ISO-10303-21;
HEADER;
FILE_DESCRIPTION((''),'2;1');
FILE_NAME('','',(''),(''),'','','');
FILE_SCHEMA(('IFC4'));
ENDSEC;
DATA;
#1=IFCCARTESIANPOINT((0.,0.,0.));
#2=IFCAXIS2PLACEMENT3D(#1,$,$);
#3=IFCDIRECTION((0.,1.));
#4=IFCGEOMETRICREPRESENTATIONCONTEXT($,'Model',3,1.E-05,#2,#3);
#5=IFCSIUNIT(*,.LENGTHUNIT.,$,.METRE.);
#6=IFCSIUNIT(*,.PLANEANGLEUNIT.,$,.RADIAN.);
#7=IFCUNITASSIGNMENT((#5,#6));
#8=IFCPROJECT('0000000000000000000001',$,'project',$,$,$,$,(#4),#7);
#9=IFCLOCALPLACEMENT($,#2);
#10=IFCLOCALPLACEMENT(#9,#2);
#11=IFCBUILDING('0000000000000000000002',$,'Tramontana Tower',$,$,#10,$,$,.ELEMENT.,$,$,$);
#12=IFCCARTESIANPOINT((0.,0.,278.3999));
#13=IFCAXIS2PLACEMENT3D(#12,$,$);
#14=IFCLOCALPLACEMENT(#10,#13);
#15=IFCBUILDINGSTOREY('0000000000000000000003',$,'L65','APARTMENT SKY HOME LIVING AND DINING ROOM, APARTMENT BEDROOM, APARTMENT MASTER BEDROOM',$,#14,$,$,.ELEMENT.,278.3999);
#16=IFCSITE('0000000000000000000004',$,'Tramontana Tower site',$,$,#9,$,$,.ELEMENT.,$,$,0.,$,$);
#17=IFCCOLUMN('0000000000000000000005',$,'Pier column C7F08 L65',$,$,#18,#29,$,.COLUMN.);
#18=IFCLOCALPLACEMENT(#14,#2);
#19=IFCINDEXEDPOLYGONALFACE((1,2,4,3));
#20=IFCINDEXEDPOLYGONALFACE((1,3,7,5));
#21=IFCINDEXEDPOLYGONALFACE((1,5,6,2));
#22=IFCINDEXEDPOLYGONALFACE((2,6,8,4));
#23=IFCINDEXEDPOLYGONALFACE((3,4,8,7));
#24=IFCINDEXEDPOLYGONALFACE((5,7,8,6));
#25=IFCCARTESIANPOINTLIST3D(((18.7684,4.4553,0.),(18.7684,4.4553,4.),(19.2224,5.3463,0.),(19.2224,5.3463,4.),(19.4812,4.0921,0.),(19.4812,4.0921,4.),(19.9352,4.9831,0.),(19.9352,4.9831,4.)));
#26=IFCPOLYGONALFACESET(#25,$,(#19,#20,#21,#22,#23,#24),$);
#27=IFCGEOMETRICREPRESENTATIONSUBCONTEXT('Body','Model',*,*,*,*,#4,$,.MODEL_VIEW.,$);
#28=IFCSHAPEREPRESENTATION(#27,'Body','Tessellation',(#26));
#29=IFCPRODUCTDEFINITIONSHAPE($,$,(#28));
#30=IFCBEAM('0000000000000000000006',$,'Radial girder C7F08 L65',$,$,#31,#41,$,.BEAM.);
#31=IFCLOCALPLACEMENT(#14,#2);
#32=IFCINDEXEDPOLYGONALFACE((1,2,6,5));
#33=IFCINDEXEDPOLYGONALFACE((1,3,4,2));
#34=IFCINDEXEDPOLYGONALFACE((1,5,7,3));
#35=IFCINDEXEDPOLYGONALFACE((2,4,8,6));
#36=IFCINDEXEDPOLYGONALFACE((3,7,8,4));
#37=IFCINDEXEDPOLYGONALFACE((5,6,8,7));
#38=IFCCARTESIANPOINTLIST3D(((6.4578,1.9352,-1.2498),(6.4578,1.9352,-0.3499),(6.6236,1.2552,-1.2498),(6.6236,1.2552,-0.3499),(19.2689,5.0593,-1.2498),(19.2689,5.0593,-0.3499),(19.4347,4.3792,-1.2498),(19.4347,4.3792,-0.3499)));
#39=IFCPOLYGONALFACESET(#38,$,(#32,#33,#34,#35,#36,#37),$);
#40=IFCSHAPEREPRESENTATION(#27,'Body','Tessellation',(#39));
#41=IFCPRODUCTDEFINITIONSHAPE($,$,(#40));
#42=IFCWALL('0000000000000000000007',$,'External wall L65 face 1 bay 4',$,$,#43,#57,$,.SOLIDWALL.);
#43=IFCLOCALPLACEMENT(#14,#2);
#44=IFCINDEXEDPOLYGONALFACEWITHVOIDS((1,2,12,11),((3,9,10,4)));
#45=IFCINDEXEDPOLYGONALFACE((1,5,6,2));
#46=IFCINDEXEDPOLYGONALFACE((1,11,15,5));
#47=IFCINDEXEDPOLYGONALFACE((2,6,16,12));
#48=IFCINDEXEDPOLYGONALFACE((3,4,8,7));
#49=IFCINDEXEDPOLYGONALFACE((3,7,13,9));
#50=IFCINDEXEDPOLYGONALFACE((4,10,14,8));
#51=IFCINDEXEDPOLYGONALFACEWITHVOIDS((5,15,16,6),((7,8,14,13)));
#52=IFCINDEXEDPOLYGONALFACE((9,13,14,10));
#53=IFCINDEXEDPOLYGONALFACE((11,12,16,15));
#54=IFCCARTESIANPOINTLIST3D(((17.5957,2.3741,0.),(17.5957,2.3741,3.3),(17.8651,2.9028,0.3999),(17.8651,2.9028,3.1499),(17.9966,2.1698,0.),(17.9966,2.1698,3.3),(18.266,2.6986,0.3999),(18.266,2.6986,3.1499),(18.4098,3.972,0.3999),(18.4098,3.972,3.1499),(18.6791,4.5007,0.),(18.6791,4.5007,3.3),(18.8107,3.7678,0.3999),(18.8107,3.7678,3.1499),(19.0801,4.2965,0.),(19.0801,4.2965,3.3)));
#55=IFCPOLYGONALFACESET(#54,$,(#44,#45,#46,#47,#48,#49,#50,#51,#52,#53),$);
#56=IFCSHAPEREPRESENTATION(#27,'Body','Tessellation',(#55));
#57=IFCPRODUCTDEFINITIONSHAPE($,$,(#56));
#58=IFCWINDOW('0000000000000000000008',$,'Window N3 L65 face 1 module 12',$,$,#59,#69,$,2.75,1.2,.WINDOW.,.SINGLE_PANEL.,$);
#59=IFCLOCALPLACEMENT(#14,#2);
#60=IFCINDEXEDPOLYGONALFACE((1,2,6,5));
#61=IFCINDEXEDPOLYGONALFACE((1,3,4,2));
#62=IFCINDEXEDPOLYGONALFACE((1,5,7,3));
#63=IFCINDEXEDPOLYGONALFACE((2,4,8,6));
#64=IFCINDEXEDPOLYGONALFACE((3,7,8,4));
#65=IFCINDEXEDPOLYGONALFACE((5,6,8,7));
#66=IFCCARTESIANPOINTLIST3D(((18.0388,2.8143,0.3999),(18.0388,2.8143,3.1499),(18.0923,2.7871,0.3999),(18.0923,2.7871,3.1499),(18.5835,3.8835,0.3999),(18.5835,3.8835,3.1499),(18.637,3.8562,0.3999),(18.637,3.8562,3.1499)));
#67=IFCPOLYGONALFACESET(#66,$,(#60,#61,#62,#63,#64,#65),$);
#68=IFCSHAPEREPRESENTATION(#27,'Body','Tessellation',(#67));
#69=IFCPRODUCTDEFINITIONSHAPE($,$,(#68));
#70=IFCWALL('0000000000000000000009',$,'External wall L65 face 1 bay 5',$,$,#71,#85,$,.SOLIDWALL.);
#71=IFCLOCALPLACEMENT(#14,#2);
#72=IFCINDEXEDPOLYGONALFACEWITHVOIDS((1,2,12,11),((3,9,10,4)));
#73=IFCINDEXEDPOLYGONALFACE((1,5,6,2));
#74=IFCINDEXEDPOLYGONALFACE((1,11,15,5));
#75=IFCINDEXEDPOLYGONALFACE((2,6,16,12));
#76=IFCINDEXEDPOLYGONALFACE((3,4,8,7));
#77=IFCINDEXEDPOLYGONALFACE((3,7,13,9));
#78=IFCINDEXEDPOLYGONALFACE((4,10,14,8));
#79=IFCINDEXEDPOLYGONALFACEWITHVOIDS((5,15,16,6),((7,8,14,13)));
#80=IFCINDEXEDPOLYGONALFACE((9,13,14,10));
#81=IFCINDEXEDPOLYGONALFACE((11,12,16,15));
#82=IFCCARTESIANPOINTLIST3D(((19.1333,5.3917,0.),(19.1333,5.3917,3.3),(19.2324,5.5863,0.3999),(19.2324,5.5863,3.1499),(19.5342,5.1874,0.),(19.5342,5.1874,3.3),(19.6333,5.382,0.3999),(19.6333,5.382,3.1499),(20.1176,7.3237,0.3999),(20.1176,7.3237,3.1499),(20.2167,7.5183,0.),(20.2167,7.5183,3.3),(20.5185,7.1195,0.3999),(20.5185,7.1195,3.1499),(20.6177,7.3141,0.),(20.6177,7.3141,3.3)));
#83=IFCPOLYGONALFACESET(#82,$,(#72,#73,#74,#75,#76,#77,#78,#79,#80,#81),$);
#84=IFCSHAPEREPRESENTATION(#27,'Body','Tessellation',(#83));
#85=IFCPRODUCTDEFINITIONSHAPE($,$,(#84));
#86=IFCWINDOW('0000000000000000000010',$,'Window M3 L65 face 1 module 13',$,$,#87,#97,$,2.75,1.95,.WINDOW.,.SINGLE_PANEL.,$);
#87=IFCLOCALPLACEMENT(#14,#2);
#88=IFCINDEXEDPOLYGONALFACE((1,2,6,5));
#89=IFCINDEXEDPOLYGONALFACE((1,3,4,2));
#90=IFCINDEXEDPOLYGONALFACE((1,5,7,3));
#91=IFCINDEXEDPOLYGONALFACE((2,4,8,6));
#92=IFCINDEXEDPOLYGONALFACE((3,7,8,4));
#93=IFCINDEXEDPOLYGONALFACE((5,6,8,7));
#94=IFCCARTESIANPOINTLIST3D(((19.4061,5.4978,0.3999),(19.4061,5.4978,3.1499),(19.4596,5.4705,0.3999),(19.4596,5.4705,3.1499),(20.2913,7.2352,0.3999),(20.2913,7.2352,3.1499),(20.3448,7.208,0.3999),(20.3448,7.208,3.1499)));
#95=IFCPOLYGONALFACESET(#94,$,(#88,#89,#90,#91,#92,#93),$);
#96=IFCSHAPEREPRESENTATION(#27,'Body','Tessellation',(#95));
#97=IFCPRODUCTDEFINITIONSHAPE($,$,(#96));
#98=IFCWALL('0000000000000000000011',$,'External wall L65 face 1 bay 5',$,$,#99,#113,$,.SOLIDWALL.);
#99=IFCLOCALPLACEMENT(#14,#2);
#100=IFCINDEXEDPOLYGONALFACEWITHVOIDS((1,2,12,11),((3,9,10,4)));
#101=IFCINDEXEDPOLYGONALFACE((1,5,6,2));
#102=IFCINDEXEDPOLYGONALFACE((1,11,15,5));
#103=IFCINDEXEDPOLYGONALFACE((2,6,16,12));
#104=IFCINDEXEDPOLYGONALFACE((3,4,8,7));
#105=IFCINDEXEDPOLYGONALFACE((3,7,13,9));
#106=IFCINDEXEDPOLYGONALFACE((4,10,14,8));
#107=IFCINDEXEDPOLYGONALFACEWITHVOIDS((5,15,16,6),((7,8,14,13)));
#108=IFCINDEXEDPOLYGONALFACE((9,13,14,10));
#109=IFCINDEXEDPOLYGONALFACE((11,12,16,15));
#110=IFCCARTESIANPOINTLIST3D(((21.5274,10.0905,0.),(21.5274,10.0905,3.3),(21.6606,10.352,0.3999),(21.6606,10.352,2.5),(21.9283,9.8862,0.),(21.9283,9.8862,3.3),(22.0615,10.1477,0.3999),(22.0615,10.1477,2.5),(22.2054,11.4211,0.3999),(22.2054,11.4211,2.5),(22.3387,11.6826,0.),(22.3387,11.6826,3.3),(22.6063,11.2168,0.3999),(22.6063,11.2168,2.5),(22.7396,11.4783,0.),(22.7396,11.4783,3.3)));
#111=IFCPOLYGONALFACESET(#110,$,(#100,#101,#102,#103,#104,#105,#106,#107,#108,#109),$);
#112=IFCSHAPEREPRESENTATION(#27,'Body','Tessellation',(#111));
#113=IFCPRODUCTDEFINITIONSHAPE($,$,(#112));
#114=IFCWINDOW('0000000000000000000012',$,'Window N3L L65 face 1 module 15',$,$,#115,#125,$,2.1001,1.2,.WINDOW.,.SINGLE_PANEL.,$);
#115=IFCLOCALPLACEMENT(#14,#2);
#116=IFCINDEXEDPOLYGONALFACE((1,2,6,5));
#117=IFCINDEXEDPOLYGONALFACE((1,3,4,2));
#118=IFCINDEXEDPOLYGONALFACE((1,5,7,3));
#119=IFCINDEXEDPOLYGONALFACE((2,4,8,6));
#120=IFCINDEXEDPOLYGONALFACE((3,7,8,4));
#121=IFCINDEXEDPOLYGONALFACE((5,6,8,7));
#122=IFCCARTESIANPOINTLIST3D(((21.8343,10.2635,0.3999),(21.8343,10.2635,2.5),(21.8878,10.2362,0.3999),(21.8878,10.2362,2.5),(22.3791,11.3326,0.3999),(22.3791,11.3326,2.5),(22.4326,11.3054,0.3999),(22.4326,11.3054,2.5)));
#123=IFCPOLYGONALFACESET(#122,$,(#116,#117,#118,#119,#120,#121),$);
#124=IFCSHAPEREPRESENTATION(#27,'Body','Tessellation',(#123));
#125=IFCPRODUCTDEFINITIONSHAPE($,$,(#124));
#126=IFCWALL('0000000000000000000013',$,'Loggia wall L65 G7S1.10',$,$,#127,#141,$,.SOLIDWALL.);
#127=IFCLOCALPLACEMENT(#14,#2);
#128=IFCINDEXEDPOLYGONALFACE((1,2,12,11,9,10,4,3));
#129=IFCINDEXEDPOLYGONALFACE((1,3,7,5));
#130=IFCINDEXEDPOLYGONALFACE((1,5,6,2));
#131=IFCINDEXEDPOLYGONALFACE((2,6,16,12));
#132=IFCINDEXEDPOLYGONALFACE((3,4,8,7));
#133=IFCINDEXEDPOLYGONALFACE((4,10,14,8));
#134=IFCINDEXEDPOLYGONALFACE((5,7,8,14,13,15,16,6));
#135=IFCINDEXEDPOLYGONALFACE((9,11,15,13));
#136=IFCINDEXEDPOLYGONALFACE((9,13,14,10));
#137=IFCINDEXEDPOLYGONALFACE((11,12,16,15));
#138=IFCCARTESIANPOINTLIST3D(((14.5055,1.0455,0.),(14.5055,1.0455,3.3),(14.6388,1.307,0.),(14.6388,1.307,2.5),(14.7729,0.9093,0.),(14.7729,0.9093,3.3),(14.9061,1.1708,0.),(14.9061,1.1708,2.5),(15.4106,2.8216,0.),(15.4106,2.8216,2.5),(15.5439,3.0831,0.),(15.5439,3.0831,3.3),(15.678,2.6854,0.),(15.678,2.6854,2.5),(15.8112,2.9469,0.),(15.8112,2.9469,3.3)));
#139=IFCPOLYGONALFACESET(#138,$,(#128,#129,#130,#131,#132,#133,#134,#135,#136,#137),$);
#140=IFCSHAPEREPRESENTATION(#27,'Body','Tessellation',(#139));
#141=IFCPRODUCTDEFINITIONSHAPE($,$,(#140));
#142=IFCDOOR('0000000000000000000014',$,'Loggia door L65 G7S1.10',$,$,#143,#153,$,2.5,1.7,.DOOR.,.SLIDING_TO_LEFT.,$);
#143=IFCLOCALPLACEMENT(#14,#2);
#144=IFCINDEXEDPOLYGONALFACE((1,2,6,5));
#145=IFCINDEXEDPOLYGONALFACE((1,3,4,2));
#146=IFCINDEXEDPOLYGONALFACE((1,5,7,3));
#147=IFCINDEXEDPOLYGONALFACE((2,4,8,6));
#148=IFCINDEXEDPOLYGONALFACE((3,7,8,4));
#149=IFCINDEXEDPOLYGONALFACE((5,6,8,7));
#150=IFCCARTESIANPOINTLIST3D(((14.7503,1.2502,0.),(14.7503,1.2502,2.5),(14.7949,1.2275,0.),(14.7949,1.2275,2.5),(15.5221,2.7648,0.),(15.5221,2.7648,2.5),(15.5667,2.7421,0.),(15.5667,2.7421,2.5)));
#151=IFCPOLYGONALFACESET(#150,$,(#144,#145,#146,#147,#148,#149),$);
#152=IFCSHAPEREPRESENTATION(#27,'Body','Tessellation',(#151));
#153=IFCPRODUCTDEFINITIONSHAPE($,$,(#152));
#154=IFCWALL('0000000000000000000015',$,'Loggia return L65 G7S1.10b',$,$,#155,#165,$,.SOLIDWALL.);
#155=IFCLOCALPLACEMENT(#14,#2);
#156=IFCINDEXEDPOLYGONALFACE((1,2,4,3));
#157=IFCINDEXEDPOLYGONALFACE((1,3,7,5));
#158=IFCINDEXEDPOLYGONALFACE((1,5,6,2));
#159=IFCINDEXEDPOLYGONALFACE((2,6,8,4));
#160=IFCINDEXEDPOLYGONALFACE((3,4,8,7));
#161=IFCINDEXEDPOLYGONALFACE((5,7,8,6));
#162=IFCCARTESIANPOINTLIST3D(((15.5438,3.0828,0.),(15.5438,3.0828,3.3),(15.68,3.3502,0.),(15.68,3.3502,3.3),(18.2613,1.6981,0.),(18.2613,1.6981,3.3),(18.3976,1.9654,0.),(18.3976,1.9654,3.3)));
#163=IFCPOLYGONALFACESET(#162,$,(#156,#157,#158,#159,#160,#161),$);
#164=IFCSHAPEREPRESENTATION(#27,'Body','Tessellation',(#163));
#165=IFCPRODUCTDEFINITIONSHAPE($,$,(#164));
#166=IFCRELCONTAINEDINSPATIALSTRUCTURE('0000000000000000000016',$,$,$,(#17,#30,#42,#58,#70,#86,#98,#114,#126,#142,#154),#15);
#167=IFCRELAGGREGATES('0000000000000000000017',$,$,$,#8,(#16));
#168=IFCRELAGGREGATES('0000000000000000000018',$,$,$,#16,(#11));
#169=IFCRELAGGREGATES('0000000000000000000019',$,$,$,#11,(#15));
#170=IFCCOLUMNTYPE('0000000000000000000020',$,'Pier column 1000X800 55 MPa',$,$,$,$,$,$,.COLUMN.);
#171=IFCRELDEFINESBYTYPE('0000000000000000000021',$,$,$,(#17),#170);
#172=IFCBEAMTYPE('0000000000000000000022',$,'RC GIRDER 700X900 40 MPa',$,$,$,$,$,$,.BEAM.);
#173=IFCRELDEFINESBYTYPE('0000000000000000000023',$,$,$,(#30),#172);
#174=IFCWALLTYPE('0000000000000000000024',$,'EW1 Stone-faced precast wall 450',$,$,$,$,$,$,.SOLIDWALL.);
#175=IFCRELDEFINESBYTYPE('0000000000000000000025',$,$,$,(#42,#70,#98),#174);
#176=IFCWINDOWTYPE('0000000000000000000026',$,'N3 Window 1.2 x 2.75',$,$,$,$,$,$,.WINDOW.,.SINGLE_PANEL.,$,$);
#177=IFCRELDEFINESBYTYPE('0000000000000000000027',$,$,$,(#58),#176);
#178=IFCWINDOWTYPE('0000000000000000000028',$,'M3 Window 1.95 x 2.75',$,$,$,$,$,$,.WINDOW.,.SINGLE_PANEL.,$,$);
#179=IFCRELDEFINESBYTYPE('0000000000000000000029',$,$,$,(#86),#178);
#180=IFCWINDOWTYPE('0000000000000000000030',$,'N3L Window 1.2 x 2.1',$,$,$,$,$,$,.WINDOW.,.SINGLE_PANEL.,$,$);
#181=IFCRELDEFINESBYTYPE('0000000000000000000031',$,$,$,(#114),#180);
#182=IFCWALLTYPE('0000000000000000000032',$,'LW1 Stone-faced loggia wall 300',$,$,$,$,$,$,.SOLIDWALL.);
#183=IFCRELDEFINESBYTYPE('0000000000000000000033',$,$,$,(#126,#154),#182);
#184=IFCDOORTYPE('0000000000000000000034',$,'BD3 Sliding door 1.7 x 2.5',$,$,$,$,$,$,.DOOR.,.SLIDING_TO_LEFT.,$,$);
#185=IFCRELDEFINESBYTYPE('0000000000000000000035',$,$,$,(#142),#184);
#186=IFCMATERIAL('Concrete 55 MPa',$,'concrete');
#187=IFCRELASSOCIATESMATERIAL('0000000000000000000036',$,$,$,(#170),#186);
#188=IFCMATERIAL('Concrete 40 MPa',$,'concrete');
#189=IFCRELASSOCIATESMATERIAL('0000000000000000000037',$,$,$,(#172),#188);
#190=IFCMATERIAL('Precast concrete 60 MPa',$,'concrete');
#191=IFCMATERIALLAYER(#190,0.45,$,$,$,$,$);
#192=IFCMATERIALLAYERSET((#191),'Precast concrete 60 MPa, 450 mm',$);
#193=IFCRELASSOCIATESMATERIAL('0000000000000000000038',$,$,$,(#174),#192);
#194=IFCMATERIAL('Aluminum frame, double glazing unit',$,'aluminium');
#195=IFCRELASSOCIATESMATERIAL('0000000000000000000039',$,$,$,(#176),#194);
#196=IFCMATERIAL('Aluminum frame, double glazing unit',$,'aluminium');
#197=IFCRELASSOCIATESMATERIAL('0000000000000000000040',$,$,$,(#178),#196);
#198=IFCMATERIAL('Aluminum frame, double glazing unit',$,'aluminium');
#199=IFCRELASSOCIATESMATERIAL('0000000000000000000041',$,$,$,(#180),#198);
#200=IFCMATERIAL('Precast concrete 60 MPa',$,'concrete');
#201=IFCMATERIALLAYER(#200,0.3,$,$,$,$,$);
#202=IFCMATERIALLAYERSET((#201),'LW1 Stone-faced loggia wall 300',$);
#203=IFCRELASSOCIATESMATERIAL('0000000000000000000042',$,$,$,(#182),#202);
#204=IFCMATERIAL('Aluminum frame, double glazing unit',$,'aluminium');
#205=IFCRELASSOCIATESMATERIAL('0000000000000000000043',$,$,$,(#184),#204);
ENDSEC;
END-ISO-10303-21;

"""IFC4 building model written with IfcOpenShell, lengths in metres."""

from ifc_helpers import new_model, si_unit, direction, frame, frame_2d, origin, origin_2d, place, context, subcontext, project, spatial, rectangle, extrude, material, layer, layer_set, material_profile, profile_set, type_object, element, fill, save


model = new_model("IFC4")

# Units and contexts
model_context = context("Model", 3, precision=1e-05, world=origin(), true_north=direction((0.0, 1.0)))
body_context = subcontext(model_context, "Body", "Model", "MODEL_VIEW")
ifc_project = project(units=[si_unit("LENGTHUNIT", "METRE"), si_unit("PLANEANGLEUNIT", "RADIAN")], contexts=[model_context])

# Site, building, storey
site_placement = place(None, origin())
site = spatial("IfcSite", under=ifc_project, at=site_placement, Name="Tramontana Tower site", CompositionType="ELEMENT", RefElevation=0.0)
building_placement = place(site_placement, origin())
building = spatial("IfcBuilding", under=site, at=building_placement, Name="Tramontana Tower", CompositionType="ELEMENT")
storey_placement = place(building_placement, frame((0.0, 0.0, 278.3999)))
storey = spatial("IfcBuildingStorey", under=building, at=storey_placement, Name="L65", Description="APARTMENT SKY HOME LIVING AND DINING ROOM, APARTMENT BEDROOM, APARTMENT MASTER BEDROOM", CompositionType="ELEMENT", Elevation=278.3999)

# Column
ifc_material_1 = material(Name="Concrete 55 MPa", Category="concrete")
ifc_material_profile_1 = material_profile(ifc_material_1, rectangle(XDim=1.0, YDim=0.8, at=origin_2d()), Name="Pier column 1000X800 55 MPa")
ifc_profile_set_1 = profile_set([ifc_material_profile_1], Name="Concrete 55 MPa")
column_type = type_object("IfcColumnType", Name="Pier column 1000X800 55 MPa", PredefinedType="COLUMN", material=ifc_profile_set_1)
column_placement = place(storey_placement, frame((19.3518, 4.7192, 0.0), z_axis=(0.0, 0.0, 1.0), x_axis=(0.45399, 0.891007, 0.0)))
element("IfcColumn", 1, at=column_placement, inside=storey, type_object=column_type, Name="Pier column C7F08 L65", PredefinedType="COLUMN", context=body_context, shape_type="SweptSolid", body=[
    extrude(rectangle(XDim=1.0, YDim=0.8, at=origin_2d()), origin(), (0.0, 0.0, 1.0), 4.0),
])

# Beam
ifc_material_2 = material(Name="Concrete 40 MPa", Category="concrete")
ifc_material_profile_2 = material_profile(ifc_material_2, rectangle(XDim=0.7, YDim=0.8999, at=origin_2d()), Name="RC GIRDER 700X900 40 MPa")
ifc_profile_set_2 = profile_set([ifc_material_profile_2], Name="Concrete 40 MPa")
beam_type = type_object("IfcBeamType", Name="RC GIRDER 700X900 40 MPa", PredefinedType="BEAM", material=ifc_profile_set_2)
beam_placement = place(storey_placement, frame((19.3518, 4.7192, -0.7998), z_axis=(-0.971531, -0.236912, 0.0), x_axis=(0.236912, -0.971531, 0.0)))
element("IfcBeam", 2, at=beam_placement, inside=storey, type_object=beam_type, Name="Radial girder C7F08 L65", PredefinedType="BEAM", context=body_context, shape_type="SweptSolid", body=[
    extrude(rectangle(XDim=0.7, YDim=0.8999, at=origin_2d()), origin(), (0.0, 0.0, 1.0), 13.1865),
])

# Walls, openings, windows
ifc_material_3 = material(Name="Precast concrete 60 MPa", Category="concrete")
ifc_layer_1 = layer(ifc_material_3, 0.45)
ifc_layer_set_1 = layer_set([ifc_layer_1], Name="Precast concrete 60 MPa, 450 mm")
wall_type_1 = type_object("IfcWallType", Name="EW1 Stone-faced precast wall 450", PredefinedType="SOLIDWALL", material=ifc_layer_set_1)
wall_1_placement = place(storey_placement, frame((17.7961, 2.272, 0.0), z_axis=(0.0, 0.0, 1.0), x_axis=(0.453952, 0.891026, 0.0)))
wall_1 = element("IfcWall", 3, at=wall_1_placement, inside=storey, type_object=wall_type_1, Name="External wall L65 face 1 bay 4", PredefinedType="SOLIDWALL", context=body_context, shape_type="SweptSolid", body=[
    extrude(rectangle(XDim=2.3867, YDim=0.45, at=frame_2d((1.1934, 0.0))), origin(), (0.0, 0.0, 1.0), 3.3),
])
opening_1_placement = place(wall_1_placement, frame((0.5933, 0.0, 0.3999)))
opening_1 = element("IfcOpeningElement", 4, at=opening_1_placement, cuts=wall_1, PredefinedType="OPENING", context=body_context, shape_type="SweptSolid", body=[
    extrude(rectangle(XDim=1.2, YDim=2.75, at=frame_2d((0.6001, 1.375))), frame((0.0, 0.2349, 0.0), z_axis=(0.0, -1.0, 0.0), x_axis=(1.0, 0.0, 0.0)), (0.0, 0.0, 1.0), 0.47),
])
ifc_material_4 = material(Name="Aluminum frame, double glazing unit", Category="aluminium")
window_type_1 = type_object("IfcWindowType", Name="N3 Window 1.2 x 2.75", PartitioningType="SINGLE_PANEL", PredefinedType="WINDOW", material=ifc_material_4)
window_1_placement = place(opening_1_placement, origin())
window_1 = element("IfcWindow", 5, at=window_1_placement, inside=storey, type_object=window_type_1, Name="Window N3 L65 face 1 module 12", OverallHeight=2.75, OverallWidth=1.2, PartitioningType="SINGLE_PANEL", PredefinedType="WINDOW", context=body_context, shape_type="SweptSolid", body=[
    extrude(rectangle(XDim=1.2, YDim=2.75, at=frame_2d((0.6001, 1.375))), frame((0.0, 0.03, 0.0), z_axis=(0.0, -1.0, 0.0), x_axis=(1.0, 0.0, 0.0)), (0.0, 0.0, 1.0), 0.0601),
])
fill(opening_1, window_1)
wall_2_placement = place(storey_placement, frame((19.3337, 5.2896, 0.0), z_axis=(0.0, 0.0, 1.0), x_axis=(0.453952, 0.891026, 0.0)))
wall_2 = element("IfcWall", 6, at=wall_2_placement, inside=storey, type_object=wall_type_1, Name="External wall L65 face 1 bay 5", PredefinedType="SOLIDWALL", context=body_context, shape_type="SweptSolid", body=[
    extrude(rectangle(XDim=2.3867, YDim=0.45, at=frame_2d((1.1934, 0.0))), origin(), (0.0, 0.0, 1.0), 3.3),
])
opening_2_placement = place(wall_2_placement, frame((0.2183, 0.0, 0.3999)))
opening_2 = element("IfcOpeningElement", 7, at=opening_2_placement, cuts=wall_2, PredefinedType="OPENING", context=body_context, shape_type="SweptSolid", body=[
    extrude(rectangle(XDim=1.95, YDim=2.75, at=frame_2d((0.9751, 1.375))), frame((0.0, 0.2349, 0.0), z_axis=(0.0, -1.0, 0.0), x_axis=(1.0, 0.0, 0.0)), (0.0, 0.0, 1.0), 0.47),
])
ifc_material_5 = material(Name="Aluminum frame, double glazing unit", Category="aluminium")
window_type_2 = type_object("IfcWindowType", Name="M3 Window 1.95 x 2.75", PartitioningType="SINGLE_PANEL", PredefinedType="WINDOW", material=ifc_material_5)
window_2_placement = place(opening_2_placement, origin())
window_2 = element("IfcWindow", 8, at=window_2_placement, inside=storey, type_object=window_type_2, Name="Window M3 L65 face 1 module 13", OverallHeight=2.75, OverallWidth=1.95, PartitioningType="SINGLE_PANEL", PredefinedType="WINDOW", context=body_context, shape_type="SweptSolid", body=[
    extrude(rectangle(XDim=1.95, YDim=2.75, at=frame_2d((0.9751, 1.375))), frame((0.0, 0.03, 0.0), z_axis=(0.0, -1.0, 0.0), x_axis=(1.0, 0.0, 0.0)), (0.0, 0.0, 1.0), 0.0601),
])
fill(opening_2, window_2)
wall_3_placement = place(storey_placement, frame((21.7278, 9.9883, 0.0), z_axis=(0.0, 0.0, 1.0), x_axis=(0.454032, 0.890985, 0.0)))
wall_3 = element("IfcWall", 9, at=wall_3_placement, inside=storey, type_object=wall_type_1, Name="External wall L65 face 1 bay 5", PredefinedType="SOLIDWALL", context=body_context, shape_type="SweptSolid", body=[
    extrude(rectangle(XDim=1.7869, YDim=0.45, at=frame_2d((0.8936, 0.0))), origin(), (0.0, 0.0, 1.0), 3.3),
])
opening_3_placement = place(wall_3_placement, frame((0.2935, 0.0, 0.3999)))
opening_3 = element("IfcOpeningElement", 10, at=opening_3_placement, cuts=wall_3, PredefinedType="OPENING", context=body_context, shape_type="SweptSolid", body=[
    extrude(rectangle(XDim=1.2, YDim=2.1001, at=frame_2d((0.6001, 1.05))), frame((0.0, 0.2349, 0.0), z_axis=(0.0, -1.0, 0.0), x_axis=(1.0, 0.0, 0.0)), (0.0, 0.0, 1.0), 0.47),
])
ifc_material_6 = material(Name="Aluminum frame, double glazing unit", Category="aluminium")
window_type_3 = type_object("IfcWindowType", Name="N3L Window 1.2 x 2.1", PartitioningType="SINGLE_PANEL", PredefinedType="WINDOW", material=ifc_material_6)
window_3_placement = place(opening_3_placement, origin())
window_3 = element("IfcWindow", 11, at=window_3_placement, inside=storey, type_object=window_type_3, Name="Window N3L L65 face 1 module 15", OverallHeight=2.1001, OverallWidth=1.2, PartitioningType="SINGLE_PANEL", PredefinedType="WINDOW", context=body_context, shape_type="SweptSolid", body=[
    extrude(rectangle(XDim=1.2, YDim=2.1001, at=frame_2d((0.6001, 1.05))), frame((0.0, 0.03, 0.0), z_axis=(0.0, -1.0, 0.0), x_axis=(1.0, 0.0, 0.0)), (0.0, 0.0, 1.0), 0.0601),
])
fill(opening_3, window_3)

# Wall, opening, door
ifc_material_7 = material(Name="Precast concrete 60 MPa", Category="concrete")
ifc_layer_2 = layer(ifc_material_7, 0.3)
ifc_layer_set_2 = layer_set([ifc_layer_2], Name="LW1 Stone-faced loggia wall 300")
wall_type_2 = type_object("IfcWallType", Name="LW1 Stone-faced loggia wall 300", PredefinedType="SOLIDWALL", material=ifc_layer_set_2)
wall_4_placement = place(storey_placement, frame((14.6392, 0.9773, 0.0), z_axis=(0.0, 0.0, 1.0), x_axis=(0.454033, 0.890985, 0.0)))
wall_4 = element("IfcWall", 12, at=wall_4_placement, inside=storey, type_object=wall_type_2, Name="Loggia wall L65 G7S1.10", PredefinedType="SOLIDWALL", context=body_context, shape_type="SweptSolid", body=[
    extrude(rectangle(XDim=2.2869, YDim=0.3, at=frame_2d((1.1436, 0.0))), origin(), (0.0, 0.0, 1.0), 3.3),
])
opening_4_placement = place(wall_4_placement, frame((0.2935, 0.0, 0.0)))
opening_4 = element("IfcOpeningElement", 13, at=opening_4_placement, cuts=wall_4, PredefinedType="OPENING", context=body_context, shape_type="SweptSolid", body=[
    extrude(rectangle(XDim=1.7, YDim=2.5, at=frame_2d((0.8501, 1.25))), frame((0.0, 0.1599, 0.0), z_axis=(0.0, -1.0, 0.0), x_axis=(1.0, 0.0, 0.0)), (0.0, 0.0, 1.0), 0.3201),
])
ifc_material_8 = material(Name="Aluminum frame, double glazing unit", Category="aluminium")
door_type_1 = type_object("IfcDoorType", Name="BD3 Sliding door 1.7 x 2.5", OperationType="SLIDING_TO_LEFT", PredefinedType="DOOR", material=ifc_material_8)
door_1_placement = place(opening_4_placement, origin())
door_1 = element("IfcDoor", 14, at=door_1_placement, inside=storey, type_object=door_type_1, Name="Loggia door L65 G7S1.10", OperationType="SLIDING_TO_LEFT", OverallHeight=2.5, OverallWidth=1.7, PredefinedType="DOOR", context=body_context, shape_type="SweptSolid", body=[
    extrude(rectangle(XDim=1.7, YDim=2.5, at=frame_2d((0.8501, 1.25))), frame((0.0, 0.0249, 0.0), z_axis=(0.0, -1.0, 0.0), x_axis=(1.0, 0.0, 0.0)), (0.0, 0.0, 1.0), 0.05),
])
fill(opening_4, door_1)

# Wall
wall_5_placement = place(storey_placement, frame((18.3293, 1.8318, 0.0), z_axis=(0.0, 0.0, 1.0), x_axis=(-0.890991, 0.454021, 0.0)))
element("IfcWall", 15, at=wall_5_placement, inside=storey, type_object=wall_type_2, Name="Loggia return L65 G7S1.10b", PredefinedType="SOLIDWALL", context=body_context, shape_type="SweptSolid", body=[
    extrude(rectangle(XDim=3.05, YDim=0.3, at=frame_2d((1.5249, 0.0))), origin(), (0.0, 0.0, 1.0), 3.3),
])

save(model, "model.ifc")
